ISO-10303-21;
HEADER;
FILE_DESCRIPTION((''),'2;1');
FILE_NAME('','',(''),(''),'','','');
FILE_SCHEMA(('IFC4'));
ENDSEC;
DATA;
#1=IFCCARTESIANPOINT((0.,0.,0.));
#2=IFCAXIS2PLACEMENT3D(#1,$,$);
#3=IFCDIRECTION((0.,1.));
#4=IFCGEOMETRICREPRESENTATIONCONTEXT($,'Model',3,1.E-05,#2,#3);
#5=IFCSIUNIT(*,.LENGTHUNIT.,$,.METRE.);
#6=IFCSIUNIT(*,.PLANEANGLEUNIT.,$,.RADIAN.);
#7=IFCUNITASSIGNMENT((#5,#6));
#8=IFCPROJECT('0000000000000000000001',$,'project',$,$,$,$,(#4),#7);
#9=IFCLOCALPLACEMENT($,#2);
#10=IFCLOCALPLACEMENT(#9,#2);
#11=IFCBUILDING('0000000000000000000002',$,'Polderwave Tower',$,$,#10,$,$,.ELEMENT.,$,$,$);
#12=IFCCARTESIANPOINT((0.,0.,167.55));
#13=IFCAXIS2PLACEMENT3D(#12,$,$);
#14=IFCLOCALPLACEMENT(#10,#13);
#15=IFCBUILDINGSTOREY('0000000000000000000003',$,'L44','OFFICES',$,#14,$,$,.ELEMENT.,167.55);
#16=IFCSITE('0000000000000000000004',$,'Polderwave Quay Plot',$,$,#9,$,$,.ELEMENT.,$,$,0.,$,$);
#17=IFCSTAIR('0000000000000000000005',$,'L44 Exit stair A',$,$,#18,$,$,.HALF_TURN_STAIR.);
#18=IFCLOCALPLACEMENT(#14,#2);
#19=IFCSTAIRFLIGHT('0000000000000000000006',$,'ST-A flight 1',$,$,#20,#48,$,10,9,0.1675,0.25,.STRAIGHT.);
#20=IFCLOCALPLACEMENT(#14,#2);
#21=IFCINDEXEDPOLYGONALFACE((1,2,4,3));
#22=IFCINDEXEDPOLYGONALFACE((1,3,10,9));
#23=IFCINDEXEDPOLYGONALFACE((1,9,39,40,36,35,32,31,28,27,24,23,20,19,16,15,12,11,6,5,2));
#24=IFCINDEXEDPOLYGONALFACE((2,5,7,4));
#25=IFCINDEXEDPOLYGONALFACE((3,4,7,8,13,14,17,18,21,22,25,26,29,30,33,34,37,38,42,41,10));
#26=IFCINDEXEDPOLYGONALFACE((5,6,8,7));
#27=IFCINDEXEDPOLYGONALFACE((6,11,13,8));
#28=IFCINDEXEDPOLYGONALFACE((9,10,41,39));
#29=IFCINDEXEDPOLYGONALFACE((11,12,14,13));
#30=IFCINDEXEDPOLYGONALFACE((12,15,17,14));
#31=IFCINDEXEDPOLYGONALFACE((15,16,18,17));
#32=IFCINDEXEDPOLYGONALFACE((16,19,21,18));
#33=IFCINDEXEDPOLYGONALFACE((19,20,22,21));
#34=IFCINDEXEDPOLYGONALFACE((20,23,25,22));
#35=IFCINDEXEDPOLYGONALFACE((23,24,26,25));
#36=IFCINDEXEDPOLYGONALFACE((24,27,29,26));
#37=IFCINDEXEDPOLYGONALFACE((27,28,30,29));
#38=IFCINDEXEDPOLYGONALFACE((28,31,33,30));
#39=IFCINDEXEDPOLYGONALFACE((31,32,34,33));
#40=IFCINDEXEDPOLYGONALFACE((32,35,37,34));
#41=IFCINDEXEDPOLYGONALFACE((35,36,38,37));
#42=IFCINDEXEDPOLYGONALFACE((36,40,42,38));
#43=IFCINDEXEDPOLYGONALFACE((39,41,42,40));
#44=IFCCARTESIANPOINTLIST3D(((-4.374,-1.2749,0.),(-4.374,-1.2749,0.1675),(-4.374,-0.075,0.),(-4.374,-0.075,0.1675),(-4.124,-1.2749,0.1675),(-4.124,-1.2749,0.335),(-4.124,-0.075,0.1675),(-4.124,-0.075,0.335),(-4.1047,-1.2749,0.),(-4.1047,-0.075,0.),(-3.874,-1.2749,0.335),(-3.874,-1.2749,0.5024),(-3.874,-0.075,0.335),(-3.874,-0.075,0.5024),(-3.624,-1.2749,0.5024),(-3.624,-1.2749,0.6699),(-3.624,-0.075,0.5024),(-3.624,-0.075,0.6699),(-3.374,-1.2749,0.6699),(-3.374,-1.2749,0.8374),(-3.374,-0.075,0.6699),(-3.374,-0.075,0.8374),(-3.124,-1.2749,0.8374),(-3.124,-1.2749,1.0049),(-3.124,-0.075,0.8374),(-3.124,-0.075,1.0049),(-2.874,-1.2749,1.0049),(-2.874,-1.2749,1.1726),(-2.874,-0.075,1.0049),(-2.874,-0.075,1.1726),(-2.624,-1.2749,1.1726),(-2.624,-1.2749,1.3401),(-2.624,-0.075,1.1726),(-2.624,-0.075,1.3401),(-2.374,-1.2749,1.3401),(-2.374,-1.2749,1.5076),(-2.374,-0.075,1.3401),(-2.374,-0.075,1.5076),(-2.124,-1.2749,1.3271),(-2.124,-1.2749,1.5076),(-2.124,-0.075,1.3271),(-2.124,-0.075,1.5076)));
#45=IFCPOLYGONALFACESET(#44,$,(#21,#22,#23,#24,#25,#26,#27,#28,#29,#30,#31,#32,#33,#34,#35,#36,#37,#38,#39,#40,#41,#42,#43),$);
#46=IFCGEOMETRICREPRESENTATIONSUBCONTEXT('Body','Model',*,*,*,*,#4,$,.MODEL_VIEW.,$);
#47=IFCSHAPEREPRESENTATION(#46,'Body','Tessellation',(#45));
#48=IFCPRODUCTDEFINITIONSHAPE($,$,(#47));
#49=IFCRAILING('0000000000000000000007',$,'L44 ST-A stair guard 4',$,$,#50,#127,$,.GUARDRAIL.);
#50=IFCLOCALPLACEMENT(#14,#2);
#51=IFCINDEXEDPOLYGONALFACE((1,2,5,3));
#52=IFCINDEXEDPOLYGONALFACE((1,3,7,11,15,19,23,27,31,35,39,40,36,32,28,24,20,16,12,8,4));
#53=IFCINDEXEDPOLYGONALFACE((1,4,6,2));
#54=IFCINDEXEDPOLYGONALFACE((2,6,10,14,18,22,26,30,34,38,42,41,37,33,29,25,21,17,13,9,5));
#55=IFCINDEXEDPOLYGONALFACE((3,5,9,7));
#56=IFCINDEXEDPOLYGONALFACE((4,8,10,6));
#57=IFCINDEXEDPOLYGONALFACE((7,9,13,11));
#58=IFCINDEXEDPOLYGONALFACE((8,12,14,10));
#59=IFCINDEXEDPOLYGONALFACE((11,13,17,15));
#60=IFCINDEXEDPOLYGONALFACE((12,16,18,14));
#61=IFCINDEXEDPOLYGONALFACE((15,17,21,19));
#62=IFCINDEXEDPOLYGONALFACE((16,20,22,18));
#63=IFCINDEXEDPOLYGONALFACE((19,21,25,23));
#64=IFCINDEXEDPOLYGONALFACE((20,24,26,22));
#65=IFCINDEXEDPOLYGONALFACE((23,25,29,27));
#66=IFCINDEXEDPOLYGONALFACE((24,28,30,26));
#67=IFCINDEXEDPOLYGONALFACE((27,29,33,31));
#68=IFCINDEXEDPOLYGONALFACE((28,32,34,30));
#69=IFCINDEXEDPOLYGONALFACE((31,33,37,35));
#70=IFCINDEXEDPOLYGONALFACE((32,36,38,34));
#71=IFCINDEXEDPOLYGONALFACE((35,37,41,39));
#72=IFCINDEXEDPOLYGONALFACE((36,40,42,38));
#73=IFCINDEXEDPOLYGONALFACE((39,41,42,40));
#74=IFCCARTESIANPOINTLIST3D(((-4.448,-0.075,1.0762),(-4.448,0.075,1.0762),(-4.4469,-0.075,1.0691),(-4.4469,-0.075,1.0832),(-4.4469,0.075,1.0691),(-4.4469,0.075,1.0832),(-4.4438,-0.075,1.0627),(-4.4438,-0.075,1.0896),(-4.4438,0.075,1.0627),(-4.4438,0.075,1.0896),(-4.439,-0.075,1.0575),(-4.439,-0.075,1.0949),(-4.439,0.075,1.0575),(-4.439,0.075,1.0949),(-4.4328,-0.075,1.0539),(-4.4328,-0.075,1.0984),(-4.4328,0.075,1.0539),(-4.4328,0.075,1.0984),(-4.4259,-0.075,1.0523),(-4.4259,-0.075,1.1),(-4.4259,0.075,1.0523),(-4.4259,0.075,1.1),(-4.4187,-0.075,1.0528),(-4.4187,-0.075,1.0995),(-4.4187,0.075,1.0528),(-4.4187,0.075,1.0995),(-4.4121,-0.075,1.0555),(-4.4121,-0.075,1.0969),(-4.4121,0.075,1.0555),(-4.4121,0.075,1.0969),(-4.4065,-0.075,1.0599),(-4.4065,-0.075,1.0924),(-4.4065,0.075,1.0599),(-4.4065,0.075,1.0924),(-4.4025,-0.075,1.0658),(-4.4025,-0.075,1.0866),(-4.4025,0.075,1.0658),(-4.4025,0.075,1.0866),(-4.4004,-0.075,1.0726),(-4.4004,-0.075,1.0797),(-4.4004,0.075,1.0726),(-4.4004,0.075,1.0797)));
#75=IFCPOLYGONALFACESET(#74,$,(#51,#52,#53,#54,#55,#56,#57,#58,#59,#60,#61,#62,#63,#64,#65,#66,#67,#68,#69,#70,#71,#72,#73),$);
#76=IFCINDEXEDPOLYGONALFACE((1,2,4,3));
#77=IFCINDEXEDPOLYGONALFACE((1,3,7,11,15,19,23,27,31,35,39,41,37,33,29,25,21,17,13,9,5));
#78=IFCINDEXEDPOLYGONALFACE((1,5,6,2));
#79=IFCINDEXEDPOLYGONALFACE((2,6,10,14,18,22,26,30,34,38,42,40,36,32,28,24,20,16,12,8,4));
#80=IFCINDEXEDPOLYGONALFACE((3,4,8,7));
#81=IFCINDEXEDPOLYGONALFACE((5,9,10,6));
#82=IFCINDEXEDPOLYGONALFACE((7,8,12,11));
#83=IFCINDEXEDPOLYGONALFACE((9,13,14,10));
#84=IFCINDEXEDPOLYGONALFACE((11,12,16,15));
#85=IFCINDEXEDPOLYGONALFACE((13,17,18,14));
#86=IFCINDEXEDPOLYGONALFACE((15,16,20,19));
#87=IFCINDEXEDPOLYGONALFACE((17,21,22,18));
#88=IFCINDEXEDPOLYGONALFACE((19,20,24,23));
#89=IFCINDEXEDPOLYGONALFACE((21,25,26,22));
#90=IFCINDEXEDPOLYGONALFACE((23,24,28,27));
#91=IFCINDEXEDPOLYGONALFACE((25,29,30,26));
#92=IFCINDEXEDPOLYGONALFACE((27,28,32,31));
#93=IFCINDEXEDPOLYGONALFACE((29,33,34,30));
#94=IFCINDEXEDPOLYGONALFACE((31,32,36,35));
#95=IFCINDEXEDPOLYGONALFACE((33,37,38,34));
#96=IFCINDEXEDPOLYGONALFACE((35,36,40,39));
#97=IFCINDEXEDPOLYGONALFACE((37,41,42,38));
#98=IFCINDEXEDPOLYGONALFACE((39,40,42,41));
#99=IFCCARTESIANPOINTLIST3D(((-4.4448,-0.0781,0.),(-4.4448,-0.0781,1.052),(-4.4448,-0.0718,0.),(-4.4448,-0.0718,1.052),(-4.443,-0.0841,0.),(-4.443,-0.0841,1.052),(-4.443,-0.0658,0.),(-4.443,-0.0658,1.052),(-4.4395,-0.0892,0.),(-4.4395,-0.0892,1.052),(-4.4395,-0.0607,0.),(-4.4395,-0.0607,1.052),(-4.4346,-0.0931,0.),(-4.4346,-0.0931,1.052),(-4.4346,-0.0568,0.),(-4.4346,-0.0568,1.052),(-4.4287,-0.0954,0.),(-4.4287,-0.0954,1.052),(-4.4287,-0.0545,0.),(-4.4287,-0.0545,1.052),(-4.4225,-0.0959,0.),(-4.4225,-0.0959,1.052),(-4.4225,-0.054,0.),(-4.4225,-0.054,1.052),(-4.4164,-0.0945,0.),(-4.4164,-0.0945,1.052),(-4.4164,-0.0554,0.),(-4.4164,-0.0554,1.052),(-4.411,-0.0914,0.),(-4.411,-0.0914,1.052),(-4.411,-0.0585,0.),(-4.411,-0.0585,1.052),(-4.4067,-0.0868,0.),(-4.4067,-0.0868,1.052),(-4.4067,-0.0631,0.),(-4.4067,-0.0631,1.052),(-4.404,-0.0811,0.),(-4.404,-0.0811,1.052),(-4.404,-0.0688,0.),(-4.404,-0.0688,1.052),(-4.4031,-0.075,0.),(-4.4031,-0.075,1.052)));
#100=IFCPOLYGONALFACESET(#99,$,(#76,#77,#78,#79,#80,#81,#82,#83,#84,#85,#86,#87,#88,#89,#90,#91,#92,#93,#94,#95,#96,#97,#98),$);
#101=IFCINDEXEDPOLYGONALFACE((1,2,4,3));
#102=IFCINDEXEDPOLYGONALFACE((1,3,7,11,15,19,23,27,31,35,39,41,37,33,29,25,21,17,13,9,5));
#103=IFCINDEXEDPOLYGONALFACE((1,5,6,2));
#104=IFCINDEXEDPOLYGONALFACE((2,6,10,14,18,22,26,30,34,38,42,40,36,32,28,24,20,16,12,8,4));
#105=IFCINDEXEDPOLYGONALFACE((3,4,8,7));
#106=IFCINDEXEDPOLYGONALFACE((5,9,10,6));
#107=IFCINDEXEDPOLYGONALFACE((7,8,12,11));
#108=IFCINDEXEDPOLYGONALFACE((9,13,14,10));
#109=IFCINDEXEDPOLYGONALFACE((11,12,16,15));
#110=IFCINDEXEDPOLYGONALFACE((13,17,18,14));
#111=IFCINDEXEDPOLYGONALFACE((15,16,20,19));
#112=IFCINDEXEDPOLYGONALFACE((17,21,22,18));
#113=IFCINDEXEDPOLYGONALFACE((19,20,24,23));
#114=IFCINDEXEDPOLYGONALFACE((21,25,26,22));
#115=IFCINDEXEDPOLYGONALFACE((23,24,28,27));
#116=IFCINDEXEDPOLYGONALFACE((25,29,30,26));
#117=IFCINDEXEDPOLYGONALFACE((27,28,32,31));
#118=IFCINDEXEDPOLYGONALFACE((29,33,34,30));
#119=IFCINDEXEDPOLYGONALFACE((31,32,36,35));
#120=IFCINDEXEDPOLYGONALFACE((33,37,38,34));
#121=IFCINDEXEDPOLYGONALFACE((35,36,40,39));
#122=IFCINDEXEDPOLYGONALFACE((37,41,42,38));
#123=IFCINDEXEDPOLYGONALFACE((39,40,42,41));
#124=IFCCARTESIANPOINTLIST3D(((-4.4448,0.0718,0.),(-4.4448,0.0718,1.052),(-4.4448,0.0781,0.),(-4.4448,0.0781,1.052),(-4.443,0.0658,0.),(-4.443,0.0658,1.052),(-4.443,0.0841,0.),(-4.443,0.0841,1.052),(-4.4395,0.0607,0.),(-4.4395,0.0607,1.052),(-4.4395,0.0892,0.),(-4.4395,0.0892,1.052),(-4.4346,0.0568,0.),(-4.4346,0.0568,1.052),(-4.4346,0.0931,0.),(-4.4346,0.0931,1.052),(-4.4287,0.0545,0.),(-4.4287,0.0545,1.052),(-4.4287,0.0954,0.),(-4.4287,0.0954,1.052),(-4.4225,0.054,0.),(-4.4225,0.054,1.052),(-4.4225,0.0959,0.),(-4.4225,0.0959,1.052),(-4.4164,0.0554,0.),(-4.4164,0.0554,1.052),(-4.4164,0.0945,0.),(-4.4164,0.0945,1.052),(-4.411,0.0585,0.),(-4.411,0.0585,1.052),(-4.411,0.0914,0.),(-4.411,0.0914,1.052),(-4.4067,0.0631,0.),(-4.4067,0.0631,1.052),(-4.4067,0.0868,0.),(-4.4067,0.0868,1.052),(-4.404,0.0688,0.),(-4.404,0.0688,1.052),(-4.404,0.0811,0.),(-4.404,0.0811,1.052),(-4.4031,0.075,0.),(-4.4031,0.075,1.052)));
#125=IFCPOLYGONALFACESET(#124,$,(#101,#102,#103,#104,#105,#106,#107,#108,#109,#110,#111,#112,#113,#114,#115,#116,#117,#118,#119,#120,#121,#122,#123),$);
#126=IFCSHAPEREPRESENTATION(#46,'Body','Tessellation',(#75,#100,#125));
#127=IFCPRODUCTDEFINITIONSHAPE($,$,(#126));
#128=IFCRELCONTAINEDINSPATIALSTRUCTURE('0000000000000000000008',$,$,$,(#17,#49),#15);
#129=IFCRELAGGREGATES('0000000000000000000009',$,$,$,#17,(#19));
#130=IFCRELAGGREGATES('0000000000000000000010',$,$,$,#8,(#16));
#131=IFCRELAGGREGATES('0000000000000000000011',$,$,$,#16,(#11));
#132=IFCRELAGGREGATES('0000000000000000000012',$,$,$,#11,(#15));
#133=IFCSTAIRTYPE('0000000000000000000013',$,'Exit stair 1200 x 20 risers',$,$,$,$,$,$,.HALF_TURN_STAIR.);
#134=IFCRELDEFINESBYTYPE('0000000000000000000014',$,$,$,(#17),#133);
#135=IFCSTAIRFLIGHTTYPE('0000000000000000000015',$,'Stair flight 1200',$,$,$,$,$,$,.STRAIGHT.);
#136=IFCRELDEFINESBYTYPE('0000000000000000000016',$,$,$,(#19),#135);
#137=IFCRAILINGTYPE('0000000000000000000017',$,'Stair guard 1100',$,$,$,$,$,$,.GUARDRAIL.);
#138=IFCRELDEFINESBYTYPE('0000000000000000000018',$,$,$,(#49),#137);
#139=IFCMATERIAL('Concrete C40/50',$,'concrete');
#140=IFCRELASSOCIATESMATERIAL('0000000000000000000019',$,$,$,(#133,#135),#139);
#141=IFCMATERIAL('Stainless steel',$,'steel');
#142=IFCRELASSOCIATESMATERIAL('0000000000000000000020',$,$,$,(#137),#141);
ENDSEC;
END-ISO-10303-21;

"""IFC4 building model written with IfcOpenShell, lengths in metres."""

from ifc_helpers import new_model, si_unit, direction, frame, origin, origin_2d, place, context, subcontext, project, spatial, polyline, circle, outline, extrude, material, type_object, element, aggregate, save


model = new_model("IFC4")

# Units and contexts
model_context = context("Model", 3, precision=1e-05, world=origin(), true_north=direction((0.0, 1.0)))
body_context = subcontext(model_context, "Body", "Model", "MODEL_VIEW")
ifc_project = project(units=[si_unit("LENGTHUNIT", "METRE"), si_unit("PLANEANGLEUNIT", "RADIAN")], contexts=[model_context])

# Site, building, storey
site_placement = place(None, origin())
site = spatial("IfcSite", under=ifc_project, at=site_placement, Name="Polderwave Quay Plot", CompositionType="ELEMENT", RefElevation=0.0)
building_placement = place(site_placement, origin())
building = spatial("IfcBuilding", under=site, at=building_placement, Name="Polderwave Tower", CompositionType="ELEMENT")
storey_placement = place(building_placement, frame((0.0, 0.0, 167.55)))
storey = spatial("IfcBuildingStorey", under=building, at=storey_placement, Name="L44", Description="OFFICES", CompositionType="ELEMENT", Elevation=167.55)

# Shared definitions
ifc_material_1 = material(Name="Stainless steel", Category="steel")

# Stair, stair flight
ifc_material_2 = material(Name="Concrete C40/50", Category="concrete")
stair_type = type_object("IfcStairType", Name="Exit stair 1200 x 20 risers", PredefinedType="HALF_TURN_STAIR", material=ifc_material_2)
stair_placement = place(storey_placement, origin())
stair = element("IfcStair", 1, at=stair_placement, inside=storey, type_object=stair_type, Name="L44 Exit stair A", PredefinedType="HALF_TURN_STAIR")
stair_flight_type = type_object("IfcStairFlightType", Name="Stair flight 1200", PredefinedType="STRAIGHT", material=ifc_material_2)
stair_flight_placement = place(storey_placement, frame((-4.374, -0.675, 0.0), z_axis=(0.0, 0.0, 1.0), x_axis=(1.0, 0.0, 0.0)))
stair_flight = element("IfcStairFlight", 2, at=stair_flight_placement, type_object=stair_flight_type, Name="ST-A flight 1", NumberOfRisers=10, NumberOfTreads=9, PredefinedType="STRAIGHT", RiserHeight=0.1675, TreadLength=0.25, context=body_context, shape_type="SweptSolid", body=[
    extrude(outline(polyline([(0.0, 0.0), (0.0, 0.1675), (0.25, 0.1675), (0.25, 0.335), (0.5, 0.335), (0.5, 0.5024), (0.75, 0.5024), (0.75, 0.6699), (1.0, 0.6699), (1.0, 0.8374), (1.25, 0.8374), (1.25, 1.0049), (1.5, 1.0049), (1.5, 1.1726), (1.75, 1.1726), (1.75, 1.3401), (2.0, 1.3401), (2.0, 1.5076), (2.25, 1.5076), (2.25, 1.675), (2.25, 1.3271), (0.2693, 0.0), (0.0, 0.0)])), frame((0.0, 0.6001, 0.0), z_axis=(0.0, -1.0, 0.0), x_axis=(1.0, 0.0, 0.0)), (0.0, 0.0, 1.0), 1.2),
])
aggregate(stair, [stair_flight])

# Railing
railing_type_1 = type_object("IfcRailingType", Name="Stair guard 1100", PredefinedType="GUARDRAIL", material=ifc_material_1)
railing_1_placement = place(storey_placement, frame((-4.4241, -0.075, 0.0)))
element("IfcRailing", 3, at=railing_1_placement, inside=storey, type_object=railing_type_1, Name="L44 ST-A stair guard 4", PredefinedType="GUARDRAIL", context=body_context, shape_type="SweptSolid", body=[
    extrude(circle(Radius=0.0239, at=origin_2d()), frame((0.0, 0.0, 1.0762), z_axis=(0.0, 1.0, 0.0), x_axis=(-1.0, 0.0, 0.0)), (0.0, 0.0, 1.0), 0.1499),
    extrude(circle(Radius=0.021, at=origin_2d()), origin(), (0.0, 0.0, 1.0), 1.052),
    extrude(circle(Radius=0.021, at=origin_2d()), frame((0.0, 0.1499, 0.0)), (0.0, 0.0, 1.0), 1.052),
])

save(model, "model.ifc")
